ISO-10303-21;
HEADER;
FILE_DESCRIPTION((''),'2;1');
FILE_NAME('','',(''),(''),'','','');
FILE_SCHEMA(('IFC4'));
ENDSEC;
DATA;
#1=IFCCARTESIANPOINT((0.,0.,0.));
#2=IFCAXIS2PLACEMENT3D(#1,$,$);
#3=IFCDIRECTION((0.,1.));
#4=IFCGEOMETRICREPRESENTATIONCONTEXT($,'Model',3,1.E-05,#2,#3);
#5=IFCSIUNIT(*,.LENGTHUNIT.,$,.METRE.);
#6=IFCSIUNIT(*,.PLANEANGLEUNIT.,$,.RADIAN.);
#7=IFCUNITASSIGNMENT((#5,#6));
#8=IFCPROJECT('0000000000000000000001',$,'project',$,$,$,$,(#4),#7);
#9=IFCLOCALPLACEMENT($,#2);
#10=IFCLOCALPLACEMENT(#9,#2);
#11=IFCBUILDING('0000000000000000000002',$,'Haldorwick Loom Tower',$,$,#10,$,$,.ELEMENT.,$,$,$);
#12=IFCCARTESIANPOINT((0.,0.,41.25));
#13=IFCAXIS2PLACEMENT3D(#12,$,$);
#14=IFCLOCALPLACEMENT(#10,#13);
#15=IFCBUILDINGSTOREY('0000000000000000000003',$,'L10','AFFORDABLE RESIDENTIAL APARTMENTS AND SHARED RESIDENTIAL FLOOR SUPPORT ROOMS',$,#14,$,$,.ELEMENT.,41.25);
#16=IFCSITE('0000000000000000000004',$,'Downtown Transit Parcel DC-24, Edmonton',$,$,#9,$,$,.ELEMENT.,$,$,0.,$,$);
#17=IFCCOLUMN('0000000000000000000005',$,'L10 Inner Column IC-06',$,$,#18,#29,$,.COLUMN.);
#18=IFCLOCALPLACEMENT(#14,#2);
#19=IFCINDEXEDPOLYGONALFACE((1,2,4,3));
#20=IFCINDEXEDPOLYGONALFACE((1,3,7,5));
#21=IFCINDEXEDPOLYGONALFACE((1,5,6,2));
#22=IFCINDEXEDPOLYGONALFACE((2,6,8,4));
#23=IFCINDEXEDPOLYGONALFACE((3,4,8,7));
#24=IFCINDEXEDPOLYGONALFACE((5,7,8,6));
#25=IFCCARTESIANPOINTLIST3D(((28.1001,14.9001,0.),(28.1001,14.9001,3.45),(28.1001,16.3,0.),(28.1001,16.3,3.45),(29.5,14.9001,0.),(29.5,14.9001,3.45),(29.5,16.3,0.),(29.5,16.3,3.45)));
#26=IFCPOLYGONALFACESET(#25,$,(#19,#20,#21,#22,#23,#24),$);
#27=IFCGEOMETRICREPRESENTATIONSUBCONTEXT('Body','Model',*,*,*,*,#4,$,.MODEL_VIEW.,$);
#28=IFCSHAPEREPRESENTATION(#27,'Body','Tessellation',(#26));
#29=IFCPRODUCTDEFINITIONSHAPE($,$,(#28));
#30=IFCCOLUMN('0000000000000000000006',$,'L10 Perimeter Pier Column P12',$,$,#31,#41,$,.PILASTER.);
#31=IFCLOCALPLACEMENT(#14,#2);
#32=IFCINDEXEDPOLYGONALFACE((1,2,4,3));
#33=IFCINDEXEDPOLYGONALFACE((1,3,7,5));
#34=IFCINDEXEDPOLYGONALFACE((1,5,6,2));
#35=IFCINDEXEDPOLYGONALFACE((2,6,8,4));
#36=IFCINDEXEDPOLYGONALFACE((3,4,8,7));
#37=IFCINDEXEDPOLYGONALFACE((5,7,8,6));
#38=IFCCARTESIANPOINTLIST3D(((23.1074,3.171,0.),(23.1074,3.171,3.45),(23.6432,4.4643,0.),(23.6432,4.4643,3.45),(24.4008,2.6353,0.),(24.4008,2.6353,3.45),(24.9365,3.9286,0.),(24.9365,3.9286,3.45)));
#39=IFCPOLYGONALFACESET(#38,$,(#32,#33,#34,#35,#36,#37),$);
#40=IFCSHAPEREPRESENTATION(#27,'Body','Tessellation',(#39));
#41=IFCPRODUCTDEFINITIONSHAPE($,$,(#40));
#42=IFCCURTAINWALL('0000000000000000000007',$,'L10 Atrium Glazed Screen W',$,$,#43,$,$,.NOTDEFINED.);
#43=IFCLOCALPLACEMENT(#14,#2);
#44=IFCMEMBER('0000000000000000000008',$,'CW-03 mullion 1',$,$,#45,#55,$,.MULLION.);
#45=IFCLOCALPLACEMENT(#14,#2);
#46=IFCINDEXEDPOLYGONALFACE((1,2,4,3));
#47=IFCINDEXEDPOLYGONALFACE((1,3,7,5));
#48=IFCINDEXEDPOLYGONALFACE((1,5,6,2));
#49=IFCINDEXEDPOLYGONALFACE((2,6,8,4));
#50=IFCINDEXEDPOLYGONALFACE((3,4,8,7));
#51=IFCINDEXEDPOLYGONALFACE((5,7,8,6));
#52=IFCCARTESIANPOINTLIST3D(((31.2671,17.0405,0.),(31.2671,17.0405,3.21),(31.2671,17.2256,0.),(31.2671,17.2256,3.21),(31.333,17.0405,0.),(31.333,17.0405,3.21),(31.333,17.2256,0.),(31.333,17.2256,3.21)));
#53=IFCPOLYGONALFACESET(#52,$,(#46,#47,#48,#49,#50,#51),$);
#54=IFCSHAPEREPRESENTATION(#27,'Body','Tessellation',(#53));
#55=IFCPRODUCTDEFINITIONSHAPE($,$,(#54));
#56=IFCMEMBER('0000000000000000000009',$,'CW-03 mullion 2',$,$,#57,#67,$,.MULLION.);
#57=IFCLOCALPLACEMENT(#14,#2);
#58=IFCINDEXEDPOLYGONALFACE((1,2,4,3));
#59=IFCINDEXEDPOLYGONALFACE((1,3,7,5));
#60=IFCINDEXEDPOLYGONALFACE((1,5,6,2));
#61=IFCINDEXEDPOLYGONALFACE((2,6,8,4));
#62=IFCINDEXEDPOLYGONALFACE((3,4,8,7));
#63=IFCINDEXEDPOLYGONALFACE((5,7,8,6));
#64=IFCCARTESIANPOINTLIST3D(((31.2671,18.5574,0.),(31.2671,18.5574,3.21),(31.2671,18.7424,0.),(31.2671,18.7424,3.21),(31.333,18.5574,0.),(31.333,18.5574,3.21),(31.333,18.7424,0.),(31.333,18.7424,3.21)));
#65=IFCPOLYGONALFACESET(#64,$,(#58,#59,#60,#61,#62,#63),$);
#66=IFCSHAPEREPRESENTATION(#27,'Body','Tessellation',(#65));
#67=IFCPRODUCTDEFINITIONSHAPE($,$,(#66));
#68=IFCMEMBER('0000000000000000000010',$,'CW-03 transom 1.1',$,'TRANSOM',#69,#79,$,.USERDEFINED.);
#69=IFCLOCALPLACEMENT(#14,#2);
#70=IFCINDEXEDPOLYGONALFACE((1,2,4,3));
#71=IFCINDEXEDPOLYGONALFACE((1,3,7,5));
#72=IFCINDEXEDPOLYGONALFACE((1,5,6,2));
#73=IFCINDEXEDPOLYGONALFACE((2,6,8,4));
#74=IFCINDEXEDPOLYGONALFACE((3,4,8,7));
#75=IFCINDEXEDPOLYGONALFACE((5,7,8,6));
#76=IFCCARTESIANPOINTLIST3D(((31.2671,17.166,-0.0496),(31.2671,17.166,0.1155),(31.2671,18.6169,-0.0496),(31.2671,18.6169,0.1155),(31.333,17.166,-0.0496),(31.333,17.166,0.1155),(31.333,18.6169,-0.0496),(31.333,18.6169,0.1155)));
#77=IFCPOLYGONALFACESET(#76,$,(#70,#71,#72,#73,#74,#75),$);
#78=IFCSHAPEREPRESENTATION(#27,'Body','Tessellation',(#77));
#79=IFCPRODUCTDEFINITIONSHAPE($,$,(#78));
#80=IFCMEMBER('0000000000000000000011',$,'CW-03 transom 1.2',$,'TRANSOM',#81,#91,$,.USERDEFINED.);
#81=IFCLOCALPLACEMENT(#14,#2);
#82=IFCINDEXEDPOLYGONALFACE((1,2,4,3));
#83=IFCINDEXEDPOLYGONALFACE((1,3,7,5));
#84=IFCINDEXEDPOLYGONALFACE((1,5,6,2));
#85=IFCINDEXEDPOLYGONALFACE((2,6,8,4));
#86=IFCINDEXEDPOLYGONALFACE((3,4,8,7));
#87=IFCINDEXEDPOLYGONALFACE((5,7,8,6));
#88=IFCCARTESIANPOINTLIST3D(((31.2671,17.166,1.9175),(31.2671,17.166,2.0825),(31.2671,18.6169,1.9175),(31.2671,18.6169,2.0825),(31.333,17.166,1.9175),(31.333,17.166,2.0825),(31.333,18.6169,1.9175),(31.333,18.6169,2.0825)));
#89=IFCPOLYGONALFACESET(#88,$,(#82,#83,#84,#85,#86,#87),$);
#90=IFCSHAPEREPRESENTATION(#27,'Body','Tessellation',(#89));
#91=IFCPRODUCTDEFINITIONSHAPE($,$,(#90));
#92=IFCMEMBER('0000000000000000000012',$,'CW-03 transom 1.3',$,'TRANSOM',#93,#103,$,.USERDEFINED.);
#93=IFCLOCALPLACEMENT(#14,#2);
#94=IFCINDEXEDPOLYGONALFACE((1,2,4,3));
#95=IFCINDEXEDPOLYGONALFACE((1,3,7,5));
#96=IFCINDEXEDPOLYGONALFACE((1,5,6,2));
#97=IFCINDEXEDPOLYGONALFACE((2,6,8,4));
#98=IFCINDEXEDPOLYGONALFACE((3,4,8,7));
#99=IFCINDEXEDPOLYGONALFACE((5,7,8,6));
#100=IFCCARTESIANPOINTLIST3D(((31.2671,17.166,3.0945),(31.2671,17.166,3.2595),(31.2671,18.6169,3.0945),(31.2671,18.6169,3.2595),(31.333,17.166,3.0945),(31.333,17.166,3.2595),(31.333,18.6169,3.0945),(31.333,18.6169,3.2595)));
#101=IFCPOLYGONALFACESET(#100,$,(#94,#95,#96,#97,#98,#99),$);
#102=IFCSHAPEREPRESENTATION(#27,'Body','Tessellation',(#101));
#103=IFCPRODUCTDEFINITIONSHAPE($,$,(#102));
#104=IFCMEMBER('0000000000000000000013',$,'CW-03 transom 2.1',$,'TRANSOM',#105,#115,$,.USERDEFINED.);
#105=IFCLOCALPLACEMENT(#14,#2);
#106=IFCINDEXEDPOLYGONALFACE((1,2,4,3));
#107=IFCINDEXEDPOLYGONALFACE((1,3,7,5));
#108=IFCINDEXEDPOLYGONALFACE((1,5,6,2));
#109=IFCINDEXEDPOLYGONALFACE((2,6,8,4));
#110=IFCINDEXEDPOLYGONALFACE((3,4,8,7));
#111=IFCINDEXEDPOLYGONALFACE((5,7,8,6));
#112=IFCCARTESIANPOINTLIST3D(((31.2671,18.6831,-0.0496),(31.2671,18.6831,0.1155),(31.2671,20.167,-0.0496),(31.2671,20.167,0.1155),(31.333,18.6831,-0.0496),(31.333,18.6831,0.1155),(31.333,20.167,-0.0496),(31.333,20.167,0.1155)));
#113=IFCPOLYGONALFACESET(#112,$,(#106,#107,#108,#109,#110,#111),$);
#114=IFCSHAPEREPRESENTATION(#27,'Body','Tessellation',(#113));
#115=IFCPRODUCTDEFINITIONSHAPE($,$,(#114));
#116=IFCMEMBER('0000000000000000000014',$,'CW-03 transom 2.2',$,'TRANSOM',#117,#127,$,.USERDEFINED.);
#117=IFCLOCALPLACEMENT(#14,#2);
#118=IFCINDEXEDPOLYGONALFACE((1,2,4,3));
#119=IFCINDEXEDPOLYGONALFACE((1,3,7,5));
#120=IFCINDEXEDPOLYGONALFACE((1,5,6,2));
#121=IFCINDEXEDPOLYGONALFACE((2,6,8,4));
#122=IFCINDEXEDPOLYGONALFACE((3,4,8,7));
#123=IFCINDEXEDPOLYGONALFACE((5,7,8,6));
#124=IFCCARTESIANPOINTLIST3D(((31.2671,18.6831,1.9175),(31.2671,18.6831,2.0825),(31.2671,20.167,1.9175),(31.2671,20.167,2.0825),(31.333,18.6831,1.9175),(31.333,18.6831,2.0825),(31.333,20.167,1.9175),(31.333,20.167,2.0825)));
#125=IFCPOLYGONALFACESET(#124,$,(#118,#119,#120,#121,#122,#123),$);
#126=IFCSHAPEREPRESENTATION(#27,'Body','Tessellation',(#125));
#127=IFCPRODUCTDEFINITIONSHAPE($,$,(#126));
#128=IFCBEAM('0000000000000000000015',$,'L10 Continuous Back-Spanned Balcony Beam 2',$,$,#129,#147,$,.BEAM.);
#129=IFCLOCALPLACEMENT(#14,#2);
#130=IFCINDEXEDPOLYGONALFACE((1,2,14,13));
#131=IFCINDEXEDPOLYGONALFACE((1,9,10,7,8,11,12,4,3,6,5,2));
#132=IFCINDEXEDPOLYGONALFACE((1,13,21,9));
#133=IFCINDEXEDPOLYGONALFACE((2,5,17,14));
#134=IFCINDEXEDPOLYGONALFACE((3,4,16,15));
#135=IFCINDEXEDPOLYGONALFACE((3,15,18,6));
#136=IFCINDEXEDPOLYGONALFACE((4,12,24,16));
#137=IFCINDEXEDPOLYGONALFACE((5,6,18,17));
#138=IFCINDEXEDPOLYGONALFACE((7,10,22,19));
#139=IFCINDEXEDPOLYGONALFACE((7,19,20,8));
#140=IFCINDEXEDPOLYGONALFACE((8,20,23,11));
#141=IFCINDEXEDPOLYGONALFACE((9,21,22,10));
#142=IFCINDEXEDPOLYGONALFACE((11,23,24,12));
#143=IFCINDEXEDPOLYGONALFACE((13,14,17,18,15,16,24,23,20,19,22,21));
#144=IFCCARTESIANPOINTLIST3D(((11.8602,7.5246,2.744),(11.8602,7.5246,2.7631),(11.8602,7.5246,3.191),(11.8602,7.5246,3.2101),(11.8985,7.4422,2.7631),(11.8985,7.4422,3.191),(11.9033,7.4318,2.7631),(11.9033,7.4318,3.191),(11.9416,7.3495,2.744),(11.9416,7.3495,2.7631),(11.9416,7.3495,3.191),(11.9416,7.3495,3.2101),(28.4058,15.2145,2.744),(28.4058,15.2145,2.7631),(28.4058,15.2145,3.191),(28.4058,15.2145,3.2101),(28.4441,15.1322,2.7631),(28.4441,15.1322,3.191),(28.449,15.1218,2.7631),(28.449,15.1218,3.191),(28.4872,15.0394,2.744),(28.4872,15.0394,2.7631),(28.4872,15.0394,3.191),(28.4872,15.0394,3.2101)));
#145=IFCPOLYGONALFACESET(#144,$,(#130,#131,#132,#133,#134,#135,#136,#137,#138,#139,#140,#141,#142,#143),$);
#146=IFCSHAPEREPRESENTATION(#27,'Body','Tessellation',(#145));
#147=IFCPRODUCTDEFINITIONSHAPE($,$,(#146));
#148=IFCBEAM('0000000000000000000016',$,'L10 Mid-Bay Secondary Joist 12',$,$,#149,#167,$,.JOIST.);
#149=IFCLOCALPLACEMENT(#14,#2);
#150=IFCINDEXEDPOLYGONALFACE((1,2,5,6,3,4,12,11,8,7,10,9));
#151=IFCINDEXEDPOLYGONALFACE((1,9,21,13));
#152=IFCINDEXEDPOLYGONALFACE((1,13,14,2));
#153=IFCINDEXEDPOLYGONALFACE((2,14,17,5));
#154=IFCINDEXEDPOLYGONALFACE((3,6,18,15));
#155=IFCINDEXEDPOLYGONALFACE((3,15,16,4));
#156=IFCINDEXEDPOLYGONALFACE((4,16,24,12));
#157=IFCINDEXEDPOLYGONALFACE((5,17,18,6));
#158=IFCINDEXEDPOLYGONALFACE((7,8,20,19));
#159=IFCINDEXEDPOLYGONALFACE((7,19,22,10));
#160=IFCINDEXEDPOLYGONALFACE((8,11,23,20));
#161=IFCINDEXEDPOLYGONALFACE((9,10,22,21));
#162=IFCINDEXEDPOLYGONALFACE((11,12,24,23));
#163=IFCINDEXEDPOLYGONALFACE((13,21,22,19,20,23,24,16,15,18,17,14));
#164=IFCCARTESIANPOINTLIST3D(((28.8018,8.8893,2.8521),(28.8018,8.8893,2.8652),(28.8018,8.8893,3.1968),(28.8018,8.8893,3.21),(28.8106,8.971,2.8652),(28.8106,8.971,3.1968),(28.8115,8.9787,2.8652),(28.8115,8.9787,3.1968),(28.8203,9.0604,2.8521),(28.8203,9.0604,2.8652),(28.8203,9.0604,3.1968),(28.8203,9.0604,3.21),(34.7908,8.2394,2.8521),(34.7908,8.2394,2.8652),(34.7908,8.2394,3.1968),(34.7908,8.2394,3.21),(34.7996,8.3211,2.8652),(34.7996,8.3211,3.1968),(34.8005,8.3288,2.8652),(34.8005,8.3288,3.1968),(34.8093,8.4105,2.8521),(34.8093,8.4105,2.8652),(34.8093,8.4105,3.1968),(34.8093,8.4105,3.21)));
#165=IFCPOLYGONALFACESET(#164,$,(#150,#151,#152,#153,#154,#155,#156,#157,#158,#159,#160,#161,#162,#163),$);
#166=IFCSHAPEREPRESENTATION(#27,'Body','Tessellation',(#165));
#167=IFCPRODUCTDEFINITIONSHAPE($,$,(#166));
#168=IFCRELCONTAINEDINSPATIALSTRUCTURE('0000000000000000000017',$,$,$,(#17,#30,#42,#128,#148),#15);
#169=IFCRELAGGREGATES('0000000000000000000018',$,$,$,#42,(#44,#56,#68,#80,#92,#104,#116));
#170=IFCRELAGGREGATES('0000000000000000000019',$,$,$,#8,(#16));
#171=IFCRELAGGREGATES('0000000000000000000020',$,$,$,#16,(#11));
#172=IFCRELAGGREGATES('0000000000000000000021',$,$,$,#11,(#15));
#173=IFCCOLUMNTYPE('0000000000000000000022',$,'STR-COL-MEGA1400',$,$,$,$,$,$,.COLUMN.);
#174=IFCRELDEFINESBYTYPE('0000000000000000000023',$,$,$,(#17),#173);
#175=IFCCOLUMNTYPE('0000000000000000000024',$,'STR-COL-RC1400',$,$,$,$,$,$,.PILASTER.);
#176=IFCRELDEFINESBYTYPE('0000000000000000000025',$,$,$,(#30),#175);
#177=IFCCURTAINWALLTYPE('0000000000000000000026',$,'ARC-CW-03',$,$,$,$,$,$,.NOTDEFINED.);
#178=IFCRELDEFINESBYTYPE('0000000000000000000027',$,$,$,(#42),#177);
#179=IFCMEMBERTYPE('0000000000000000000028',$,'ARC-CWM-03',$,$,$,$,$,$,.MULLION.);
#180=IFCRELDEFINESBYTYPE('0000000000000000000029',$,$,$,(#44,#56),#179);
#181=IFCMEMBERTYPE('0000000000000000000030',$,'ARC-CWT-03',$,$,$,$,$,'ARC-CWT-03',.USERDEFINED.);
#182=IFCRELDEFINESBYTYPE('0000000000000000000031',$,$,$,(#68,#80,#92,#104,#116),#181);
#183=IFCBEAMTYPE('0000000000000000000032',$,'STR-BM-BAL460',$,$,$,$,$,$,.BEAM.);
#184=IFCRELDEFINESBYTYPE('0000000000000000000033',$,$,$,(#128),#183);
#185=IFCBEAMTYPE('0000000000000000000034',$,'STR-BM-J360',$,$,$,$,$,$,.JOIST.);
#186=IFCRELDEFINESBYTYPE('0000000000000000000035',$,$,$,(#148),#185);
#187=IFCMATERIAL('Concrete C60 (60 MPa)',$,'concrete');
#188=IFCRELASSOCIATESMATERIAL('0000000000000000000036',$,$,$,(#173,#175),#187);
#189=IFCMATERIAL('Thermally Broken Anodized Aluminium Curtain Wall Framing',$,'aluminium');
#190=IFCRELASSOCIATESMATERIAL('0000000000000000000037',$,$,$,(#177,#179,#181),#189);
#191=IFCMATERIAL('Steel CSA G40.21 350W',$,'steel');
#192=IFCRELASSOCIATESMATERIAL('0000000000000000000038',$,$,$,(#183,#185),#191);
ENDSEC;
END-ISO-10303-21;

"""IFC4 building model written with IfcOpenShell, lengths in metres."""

from ifc_helpers import new_model, si_unit, direction, frame, origin, origin_2d, place, context, subcontext, project, spatial, rectangle, i_section, extrude, material, material_profile, profile_set, type_object, element, aggregate, save


model = new_model("IFC4")

# Units and contexts
model_context = context("Model", 3, precision=1e-05, world=origin(), true_north=direction((0.0, 1.0)))
body_context = subcontext(model_context, "Body", "Model", "MODEL_VIEW")
ifc_project = project(units=[si_unit("LENGTHUNIT", "METRE"), si_unit("PLANEANGLEUNIT", "RADIAN")], contexts=[model_context])

# Site, building, storey
site_placement = place(None, origin())
site = spatial("IfcSite", under=ifc_project, at=site_placement, Name="Downtown Transit Parcel DC-24, Edmonton", CompositionType="ELEMENT", RefElevation=0.0)
building_placement = place(site_placement, origin())
building = spatial("IfcBuilding", under=site, at=building_placement, Name="Haldorwick Loom Tower", CompositionType="ELEMENT")
storey_placement = place(building_placement, frame((0.0, 0.0, 41.25)))
storey = spatial("IfcBuildingStorey", under=building, at=storey_placement, Name="L10", Description="AFFORDABLE RESIDENTIAL APARTMENTS AND SHARED RESIDENTIAL FLOOR SUPPORT ROOMS", CompositionType="ELEMENT", Elevation=41.25)

# Columns
ifc_material_1 = material(Name="Concrete C60 (60 MPa)", Category="concrete")
ifc_material_profile_1 = material_profile(ifc_material_1, rectangle(XDim=1.3999, YDim=1.3999, at=origin_2d()), Name="RC1400X1400", Category="concrete")
ifc_profile_set_1 = profile_set([ifc_material_profile_1], Name="Concrete C60 (60 MPa)")
column_type_1 = type_object("IfcColumnType", Name="STR-COL-MEGA1400", PredefinedType="COLUMN", material=ifc_profile_set_1)
column_1_placement = place(storey_placement, frame((28.8, 15.6001, 0.0), z_axis=(0.0, 0.0, 1.0), x_axis=(1.0, 0.0, 0.0)))
element("IfcColumn", 1, at=column_1_placement, inside=storey, type_object=column_type_1, Name="L10 Inner Column IC-06", PredefinedType="COLUMN", context=body_context, shape_type="SweptSolid", body=[
    extrude(rectangle(XDim=1.3999, YDim=1.3999, at=origin_2d()), origin(), (0.0, 0.0, 1.0), 3.45),
])
ifc_material_profile_2 = material_profile(ifc_material_1, rectangle(XDim=1.3999, YDim=1.3999, at=origin_2d()), Name="RC1400X1400", Category="concrete")
ifc_profile_set_2 = profile_set([ifc_material_profile_2], Name="Concrete C60 (60 MPa)")
column_type_2 = type_object("IfcColumnType", Name="STR-COL-RC1400", PredefinedType="PILASTER", material=ifc_profile_set_2)
column_2_placement = place(storey_placement, frame((24.022, 3.5498, 0.0), z_axis=(0.0, 0.0, 1.0), x_axis=(-0.382683, -0.92388, 0.0)))
element("IfcColumn", 2, at=column_2_placement, inside=storey, type_object=column_type_2, Name="L10 Perimeter Pier Column P12", PredefinedType="PILASTER", context=body_context, shape_type="SweptSolid", body=[
    extrude(rectangle(XDim=1.3999, YDim=1.3999, at=origin_2d()), origin(), (0.0, 0.0, 1.0), 3.45),
])

# Curtain wall, members
ifc_material_2 = material(Name="Thermally Broken Anodized Aluminium Curtain Wall Framing", Category="aluminium")
curtain_wall_type = type_object("IfcCurtainWallType", Name="ARC-CW-03", PredefinedType="NOTDEFINED", material=ifc_material_2)
curtain_wall_placement = place(storey_placement, origin())
curtain_wall = element("IfcCurtainWall", 3, at=curtain_wall_placement, inside=storey, type_object=curtain_wall_type, Name="L10 Atrium Glazed Screen W", PredefinedType="NOTDEFINED")
ifc_material_profile_3 = material_profile(ifc_material_2, rectangle(XDim=0.0659, YDim=0.1851, at=origin_2d()), Name="ALU_MUL_66X185", Category="aluminium")
ifc_profile_set_3 = profile_set([ifc_material_profile_3], Name="Thermally Broken Anodized Aluminium Curtain Wall Framing")
member_type_1 = type_object("IfcMemberType", Name="ARC-CWM-03", PredefinedType="MULLION", material=ifc_profile_set_3)
member_1_placement = place(storey_placement, frame((31.3, 17.1331, 0.0), z_axis=(0.0, 0.0, 1.0), x_axis=(-1.0, 0.0, 0.0)))
member_1 = element("IfcMember", 4, at=member_1_placement, type_object=member_type_1, Name="CW-03 mullion 1", PredefinedType="MULLION", context=body_context, shape_type="SweptSolid", body=[
    extrude(rectangle(XDim=0.0659, YDim=0.1851, at=origin_2d()), origin(), (0.0, 0.0, 1.0), 3.21),
])
member_2_placement = place(storey_placement, frame((31.3, 18.6499, 0.0), z_axis=(0.0, 0.0, 1.0), x_axis=(-1.0, 0.0, 0.0)))
member_2 = element("IfcMember", 5, at=member_2_placement, type_object=member_type_1, Name="CW-03 mullion 2", PredefinedType="MULLION", context=body_context, shape_type="SweptSolid", body=[
    extrude(rectangle(XDim=0.0659, YDim=0.1851, at=origin_2d()), origin(), (0.0, 0.0, 1.0), 3.21),
])
ifc_material_profile_4 = material_profile(ifc_material_2, rectangle(XDim=0.0659, YDim=0.165, at=origin_2d()), Name="ALU_TRN_66X165", Category="aluminium")
ifc_profile_set_4 = profile_set([ifc_material_profile_4], Name="Thermally Broken Anodized Aluminium Curtain Wall Framing")
member_type_2 = type_object("IfcMemberType", Name="ARC-CWT-03", ElementType="ARC-CWT-03", PredefinedType="USERDEFINED", material=ifc_profile_set_4)
member_3_placement = place(storey_placement, frame((31.3, 17.166, 0.033), z_axis=(0.0, 1.0, 0.0), x_axis=(-1.0, 0.0, 0.0)))
member_3 = element("IfcMember", 6, at=member_3_placement, type_object=member_type_2, Name="CW-03 transom 1.1", ObjectType="TRANSOM", PredefinedType="USERDEFINED", context=body_context, shape_type="SweptSolid", body=[
    extrude(rectangle(XDim=0.0659, YDim=0.165, at=origin_2d()), origin(), (0.0, 0.0, 1.0), 1.4509),
])
member_4_placement = place(storey_placement, frame((31.3, 17.166, 2.0), z_axis=(0.0, 1.0, 0.0), x_axis=(-1.0, 0.0, 0.0)))
member_4 = element("IfcMember", 7, at=member_4_placement, type_object=member_type_2, Name="CW-03 transom 1.2", ObjectType="TRANSOM", PredefinedType="USERDEFINED", context=body_context, shape_type="SweptSolid", body=[
    extrude(rectangle(XDim=0.0659, YDim=0.165, at=origin_2d()), origin(), (0.0, 0.0, 1.0), 1.4509),
])
member_5_placement = place(storey_placement, frame((31.3, 17.166, 3.177), z_axis=(0.0, 1.0, 0.0), x_axis=(-1.0, 0.0, 0.0)))
member_5 = element("IfcMember", 8, at=member_5_placement, type_object=member_type_2, Name="CW-03 transom 1.3", ObjectType="TRANSOM", PredefinedType="USERDEFINED", context=body_context, shape_type="SweptSolid", body=[
    extrude(rectangle(XDim=0.0659, YDim=0.165, at=origin_2d()), origin(), (0.0, 0.0, 1.0), 1.4509),
])
member_6_placement = place(storey_placement, frame((31.3, 18.6831, 0.033), z_axis=(0.0, 1.0, 0.0), x_axis=(-1.0, 0.0, 0.0)))
member_6 = element("IfcMember", 9, at=member_6_placement, type_object=member_type_2, Name="CW-03 transom 2.1", ObjectType="TRANSOM", PredefinedType="USERDEFINED", context=body_context, shape_type="SweptSolid", body=[
    extrude(rectangle(XDim=0.0659, YDim=0.165, at=origin_2d()), origin(), (0.0, 0.0, 1.0), 1.4839),
])
member_7_placement = place(storey_placement, frame((31.3, 18.6831, 2.0), z_axis=(0.0, 1.0, 0.0), x_axis=(-1.0, 0.0, 0.0)))
member_7 = element("IfcMember", 10, at=member_7_placement, type_object=member_type_2, Name="CW-03 transom 2.2", ObjectType="TRANSOM", PredefinedType="USERDEFINED", context=body_context, shape_type="SweptSolid", body=[
    extrude(rectangle(XDim=0.0659, YDim=0.165, at=origin_2d()), origin(), (0.0, 0.0, 1.0), 1.4839),
])

# Beams
ifc_material_3 = material(Name="Steel CSA G40.21 350W", Category="steel")
ifc_material_profile_5 = material_profile(ifc_material_3, i_section(OverallWidth=0.1931, OverallDepth=0.4661, WebThickness=0.0115, FlangeThickness=0.019, at=origin_2d()), Name="W460X97", Category="steel")
ifc_profile_set_5 = profile_set([ifc_material_profile_5], Name="Steel CSA G40.21 350W")
beam_type_1 = type_object("IfcBeamType", Name="STR-BM-BAL460", PredefinedType="BEAM", material=ifc_profile_set_5)
beam_1_placement = place(storey_placement, frame((28.4465, 15.127, 2.9771), z_axis=(-0.906841, -0.421473, 0.0), x_axis=(0.421473, -0.906841, 0.0)))
element("IfcBeam", 11, at=beam_1_placement, inside=storey, type_object=beam_type_1, Name="L10 Continuous Back-Spanned Balcony Beam 2", PredefinedType="BEAM", context=body_context, shape_type="SweptSolid", body=[
    extrude(i_section(OverallWidth=0.1931, OverallDepth=0.4661, WebThickness=0.0115, FlangeThickness=0.019, at=origin_2d()), origin(), (0.0, 0.0, 1.0), 18.2454),
])
ifc_material_profile_6 = material_profile(ifc_material_3, i_section(OverallWidth=0.1721, OverallDepth=0.3579, WebThickness=0.0078, FlangeThickness=0.0132, at=origin_2d()), Name="W360X57", Category="steel")
ifc_profile_set_6 = profile_set([ifc_material_profile_6], Name="Steel CSA G40.21 350W")
beam_type_2 = type_object("IfcBeamType", Name="STR-BM-J360", PredefinedType="JOIST", material=ifc_profile_set_6)
beam_2_placement = place(storey_placement, frame((28.811, 8.9749, 3.031), z_axis=(0.994164, -0.107882, 0.0), x_axis=(0.107882, 0.994164, 0.0)))
element("IfcBeam", 12, at=beam_2_placement, inside=storey, type_object=beam_type_2, Name="L10 Mid-Bay Secondary Joist 12", PredefinedType="JOIST", context=body_context, shape_type="SweptSolid", body=[
    extrude(i_section(OverallWidth=0.1721, OverallDepth=0.3579, WebThickness=0.0078, FlangeThickness=0.0132, at=origin_2d()), origin(), (0.0, 0.0, 1.0), 6.0242),
])

aggregate(curtain_wall, [member_1, member_2, member_3, member_4, member_5, member_6, member_7])

save(model, "model.ifc")
